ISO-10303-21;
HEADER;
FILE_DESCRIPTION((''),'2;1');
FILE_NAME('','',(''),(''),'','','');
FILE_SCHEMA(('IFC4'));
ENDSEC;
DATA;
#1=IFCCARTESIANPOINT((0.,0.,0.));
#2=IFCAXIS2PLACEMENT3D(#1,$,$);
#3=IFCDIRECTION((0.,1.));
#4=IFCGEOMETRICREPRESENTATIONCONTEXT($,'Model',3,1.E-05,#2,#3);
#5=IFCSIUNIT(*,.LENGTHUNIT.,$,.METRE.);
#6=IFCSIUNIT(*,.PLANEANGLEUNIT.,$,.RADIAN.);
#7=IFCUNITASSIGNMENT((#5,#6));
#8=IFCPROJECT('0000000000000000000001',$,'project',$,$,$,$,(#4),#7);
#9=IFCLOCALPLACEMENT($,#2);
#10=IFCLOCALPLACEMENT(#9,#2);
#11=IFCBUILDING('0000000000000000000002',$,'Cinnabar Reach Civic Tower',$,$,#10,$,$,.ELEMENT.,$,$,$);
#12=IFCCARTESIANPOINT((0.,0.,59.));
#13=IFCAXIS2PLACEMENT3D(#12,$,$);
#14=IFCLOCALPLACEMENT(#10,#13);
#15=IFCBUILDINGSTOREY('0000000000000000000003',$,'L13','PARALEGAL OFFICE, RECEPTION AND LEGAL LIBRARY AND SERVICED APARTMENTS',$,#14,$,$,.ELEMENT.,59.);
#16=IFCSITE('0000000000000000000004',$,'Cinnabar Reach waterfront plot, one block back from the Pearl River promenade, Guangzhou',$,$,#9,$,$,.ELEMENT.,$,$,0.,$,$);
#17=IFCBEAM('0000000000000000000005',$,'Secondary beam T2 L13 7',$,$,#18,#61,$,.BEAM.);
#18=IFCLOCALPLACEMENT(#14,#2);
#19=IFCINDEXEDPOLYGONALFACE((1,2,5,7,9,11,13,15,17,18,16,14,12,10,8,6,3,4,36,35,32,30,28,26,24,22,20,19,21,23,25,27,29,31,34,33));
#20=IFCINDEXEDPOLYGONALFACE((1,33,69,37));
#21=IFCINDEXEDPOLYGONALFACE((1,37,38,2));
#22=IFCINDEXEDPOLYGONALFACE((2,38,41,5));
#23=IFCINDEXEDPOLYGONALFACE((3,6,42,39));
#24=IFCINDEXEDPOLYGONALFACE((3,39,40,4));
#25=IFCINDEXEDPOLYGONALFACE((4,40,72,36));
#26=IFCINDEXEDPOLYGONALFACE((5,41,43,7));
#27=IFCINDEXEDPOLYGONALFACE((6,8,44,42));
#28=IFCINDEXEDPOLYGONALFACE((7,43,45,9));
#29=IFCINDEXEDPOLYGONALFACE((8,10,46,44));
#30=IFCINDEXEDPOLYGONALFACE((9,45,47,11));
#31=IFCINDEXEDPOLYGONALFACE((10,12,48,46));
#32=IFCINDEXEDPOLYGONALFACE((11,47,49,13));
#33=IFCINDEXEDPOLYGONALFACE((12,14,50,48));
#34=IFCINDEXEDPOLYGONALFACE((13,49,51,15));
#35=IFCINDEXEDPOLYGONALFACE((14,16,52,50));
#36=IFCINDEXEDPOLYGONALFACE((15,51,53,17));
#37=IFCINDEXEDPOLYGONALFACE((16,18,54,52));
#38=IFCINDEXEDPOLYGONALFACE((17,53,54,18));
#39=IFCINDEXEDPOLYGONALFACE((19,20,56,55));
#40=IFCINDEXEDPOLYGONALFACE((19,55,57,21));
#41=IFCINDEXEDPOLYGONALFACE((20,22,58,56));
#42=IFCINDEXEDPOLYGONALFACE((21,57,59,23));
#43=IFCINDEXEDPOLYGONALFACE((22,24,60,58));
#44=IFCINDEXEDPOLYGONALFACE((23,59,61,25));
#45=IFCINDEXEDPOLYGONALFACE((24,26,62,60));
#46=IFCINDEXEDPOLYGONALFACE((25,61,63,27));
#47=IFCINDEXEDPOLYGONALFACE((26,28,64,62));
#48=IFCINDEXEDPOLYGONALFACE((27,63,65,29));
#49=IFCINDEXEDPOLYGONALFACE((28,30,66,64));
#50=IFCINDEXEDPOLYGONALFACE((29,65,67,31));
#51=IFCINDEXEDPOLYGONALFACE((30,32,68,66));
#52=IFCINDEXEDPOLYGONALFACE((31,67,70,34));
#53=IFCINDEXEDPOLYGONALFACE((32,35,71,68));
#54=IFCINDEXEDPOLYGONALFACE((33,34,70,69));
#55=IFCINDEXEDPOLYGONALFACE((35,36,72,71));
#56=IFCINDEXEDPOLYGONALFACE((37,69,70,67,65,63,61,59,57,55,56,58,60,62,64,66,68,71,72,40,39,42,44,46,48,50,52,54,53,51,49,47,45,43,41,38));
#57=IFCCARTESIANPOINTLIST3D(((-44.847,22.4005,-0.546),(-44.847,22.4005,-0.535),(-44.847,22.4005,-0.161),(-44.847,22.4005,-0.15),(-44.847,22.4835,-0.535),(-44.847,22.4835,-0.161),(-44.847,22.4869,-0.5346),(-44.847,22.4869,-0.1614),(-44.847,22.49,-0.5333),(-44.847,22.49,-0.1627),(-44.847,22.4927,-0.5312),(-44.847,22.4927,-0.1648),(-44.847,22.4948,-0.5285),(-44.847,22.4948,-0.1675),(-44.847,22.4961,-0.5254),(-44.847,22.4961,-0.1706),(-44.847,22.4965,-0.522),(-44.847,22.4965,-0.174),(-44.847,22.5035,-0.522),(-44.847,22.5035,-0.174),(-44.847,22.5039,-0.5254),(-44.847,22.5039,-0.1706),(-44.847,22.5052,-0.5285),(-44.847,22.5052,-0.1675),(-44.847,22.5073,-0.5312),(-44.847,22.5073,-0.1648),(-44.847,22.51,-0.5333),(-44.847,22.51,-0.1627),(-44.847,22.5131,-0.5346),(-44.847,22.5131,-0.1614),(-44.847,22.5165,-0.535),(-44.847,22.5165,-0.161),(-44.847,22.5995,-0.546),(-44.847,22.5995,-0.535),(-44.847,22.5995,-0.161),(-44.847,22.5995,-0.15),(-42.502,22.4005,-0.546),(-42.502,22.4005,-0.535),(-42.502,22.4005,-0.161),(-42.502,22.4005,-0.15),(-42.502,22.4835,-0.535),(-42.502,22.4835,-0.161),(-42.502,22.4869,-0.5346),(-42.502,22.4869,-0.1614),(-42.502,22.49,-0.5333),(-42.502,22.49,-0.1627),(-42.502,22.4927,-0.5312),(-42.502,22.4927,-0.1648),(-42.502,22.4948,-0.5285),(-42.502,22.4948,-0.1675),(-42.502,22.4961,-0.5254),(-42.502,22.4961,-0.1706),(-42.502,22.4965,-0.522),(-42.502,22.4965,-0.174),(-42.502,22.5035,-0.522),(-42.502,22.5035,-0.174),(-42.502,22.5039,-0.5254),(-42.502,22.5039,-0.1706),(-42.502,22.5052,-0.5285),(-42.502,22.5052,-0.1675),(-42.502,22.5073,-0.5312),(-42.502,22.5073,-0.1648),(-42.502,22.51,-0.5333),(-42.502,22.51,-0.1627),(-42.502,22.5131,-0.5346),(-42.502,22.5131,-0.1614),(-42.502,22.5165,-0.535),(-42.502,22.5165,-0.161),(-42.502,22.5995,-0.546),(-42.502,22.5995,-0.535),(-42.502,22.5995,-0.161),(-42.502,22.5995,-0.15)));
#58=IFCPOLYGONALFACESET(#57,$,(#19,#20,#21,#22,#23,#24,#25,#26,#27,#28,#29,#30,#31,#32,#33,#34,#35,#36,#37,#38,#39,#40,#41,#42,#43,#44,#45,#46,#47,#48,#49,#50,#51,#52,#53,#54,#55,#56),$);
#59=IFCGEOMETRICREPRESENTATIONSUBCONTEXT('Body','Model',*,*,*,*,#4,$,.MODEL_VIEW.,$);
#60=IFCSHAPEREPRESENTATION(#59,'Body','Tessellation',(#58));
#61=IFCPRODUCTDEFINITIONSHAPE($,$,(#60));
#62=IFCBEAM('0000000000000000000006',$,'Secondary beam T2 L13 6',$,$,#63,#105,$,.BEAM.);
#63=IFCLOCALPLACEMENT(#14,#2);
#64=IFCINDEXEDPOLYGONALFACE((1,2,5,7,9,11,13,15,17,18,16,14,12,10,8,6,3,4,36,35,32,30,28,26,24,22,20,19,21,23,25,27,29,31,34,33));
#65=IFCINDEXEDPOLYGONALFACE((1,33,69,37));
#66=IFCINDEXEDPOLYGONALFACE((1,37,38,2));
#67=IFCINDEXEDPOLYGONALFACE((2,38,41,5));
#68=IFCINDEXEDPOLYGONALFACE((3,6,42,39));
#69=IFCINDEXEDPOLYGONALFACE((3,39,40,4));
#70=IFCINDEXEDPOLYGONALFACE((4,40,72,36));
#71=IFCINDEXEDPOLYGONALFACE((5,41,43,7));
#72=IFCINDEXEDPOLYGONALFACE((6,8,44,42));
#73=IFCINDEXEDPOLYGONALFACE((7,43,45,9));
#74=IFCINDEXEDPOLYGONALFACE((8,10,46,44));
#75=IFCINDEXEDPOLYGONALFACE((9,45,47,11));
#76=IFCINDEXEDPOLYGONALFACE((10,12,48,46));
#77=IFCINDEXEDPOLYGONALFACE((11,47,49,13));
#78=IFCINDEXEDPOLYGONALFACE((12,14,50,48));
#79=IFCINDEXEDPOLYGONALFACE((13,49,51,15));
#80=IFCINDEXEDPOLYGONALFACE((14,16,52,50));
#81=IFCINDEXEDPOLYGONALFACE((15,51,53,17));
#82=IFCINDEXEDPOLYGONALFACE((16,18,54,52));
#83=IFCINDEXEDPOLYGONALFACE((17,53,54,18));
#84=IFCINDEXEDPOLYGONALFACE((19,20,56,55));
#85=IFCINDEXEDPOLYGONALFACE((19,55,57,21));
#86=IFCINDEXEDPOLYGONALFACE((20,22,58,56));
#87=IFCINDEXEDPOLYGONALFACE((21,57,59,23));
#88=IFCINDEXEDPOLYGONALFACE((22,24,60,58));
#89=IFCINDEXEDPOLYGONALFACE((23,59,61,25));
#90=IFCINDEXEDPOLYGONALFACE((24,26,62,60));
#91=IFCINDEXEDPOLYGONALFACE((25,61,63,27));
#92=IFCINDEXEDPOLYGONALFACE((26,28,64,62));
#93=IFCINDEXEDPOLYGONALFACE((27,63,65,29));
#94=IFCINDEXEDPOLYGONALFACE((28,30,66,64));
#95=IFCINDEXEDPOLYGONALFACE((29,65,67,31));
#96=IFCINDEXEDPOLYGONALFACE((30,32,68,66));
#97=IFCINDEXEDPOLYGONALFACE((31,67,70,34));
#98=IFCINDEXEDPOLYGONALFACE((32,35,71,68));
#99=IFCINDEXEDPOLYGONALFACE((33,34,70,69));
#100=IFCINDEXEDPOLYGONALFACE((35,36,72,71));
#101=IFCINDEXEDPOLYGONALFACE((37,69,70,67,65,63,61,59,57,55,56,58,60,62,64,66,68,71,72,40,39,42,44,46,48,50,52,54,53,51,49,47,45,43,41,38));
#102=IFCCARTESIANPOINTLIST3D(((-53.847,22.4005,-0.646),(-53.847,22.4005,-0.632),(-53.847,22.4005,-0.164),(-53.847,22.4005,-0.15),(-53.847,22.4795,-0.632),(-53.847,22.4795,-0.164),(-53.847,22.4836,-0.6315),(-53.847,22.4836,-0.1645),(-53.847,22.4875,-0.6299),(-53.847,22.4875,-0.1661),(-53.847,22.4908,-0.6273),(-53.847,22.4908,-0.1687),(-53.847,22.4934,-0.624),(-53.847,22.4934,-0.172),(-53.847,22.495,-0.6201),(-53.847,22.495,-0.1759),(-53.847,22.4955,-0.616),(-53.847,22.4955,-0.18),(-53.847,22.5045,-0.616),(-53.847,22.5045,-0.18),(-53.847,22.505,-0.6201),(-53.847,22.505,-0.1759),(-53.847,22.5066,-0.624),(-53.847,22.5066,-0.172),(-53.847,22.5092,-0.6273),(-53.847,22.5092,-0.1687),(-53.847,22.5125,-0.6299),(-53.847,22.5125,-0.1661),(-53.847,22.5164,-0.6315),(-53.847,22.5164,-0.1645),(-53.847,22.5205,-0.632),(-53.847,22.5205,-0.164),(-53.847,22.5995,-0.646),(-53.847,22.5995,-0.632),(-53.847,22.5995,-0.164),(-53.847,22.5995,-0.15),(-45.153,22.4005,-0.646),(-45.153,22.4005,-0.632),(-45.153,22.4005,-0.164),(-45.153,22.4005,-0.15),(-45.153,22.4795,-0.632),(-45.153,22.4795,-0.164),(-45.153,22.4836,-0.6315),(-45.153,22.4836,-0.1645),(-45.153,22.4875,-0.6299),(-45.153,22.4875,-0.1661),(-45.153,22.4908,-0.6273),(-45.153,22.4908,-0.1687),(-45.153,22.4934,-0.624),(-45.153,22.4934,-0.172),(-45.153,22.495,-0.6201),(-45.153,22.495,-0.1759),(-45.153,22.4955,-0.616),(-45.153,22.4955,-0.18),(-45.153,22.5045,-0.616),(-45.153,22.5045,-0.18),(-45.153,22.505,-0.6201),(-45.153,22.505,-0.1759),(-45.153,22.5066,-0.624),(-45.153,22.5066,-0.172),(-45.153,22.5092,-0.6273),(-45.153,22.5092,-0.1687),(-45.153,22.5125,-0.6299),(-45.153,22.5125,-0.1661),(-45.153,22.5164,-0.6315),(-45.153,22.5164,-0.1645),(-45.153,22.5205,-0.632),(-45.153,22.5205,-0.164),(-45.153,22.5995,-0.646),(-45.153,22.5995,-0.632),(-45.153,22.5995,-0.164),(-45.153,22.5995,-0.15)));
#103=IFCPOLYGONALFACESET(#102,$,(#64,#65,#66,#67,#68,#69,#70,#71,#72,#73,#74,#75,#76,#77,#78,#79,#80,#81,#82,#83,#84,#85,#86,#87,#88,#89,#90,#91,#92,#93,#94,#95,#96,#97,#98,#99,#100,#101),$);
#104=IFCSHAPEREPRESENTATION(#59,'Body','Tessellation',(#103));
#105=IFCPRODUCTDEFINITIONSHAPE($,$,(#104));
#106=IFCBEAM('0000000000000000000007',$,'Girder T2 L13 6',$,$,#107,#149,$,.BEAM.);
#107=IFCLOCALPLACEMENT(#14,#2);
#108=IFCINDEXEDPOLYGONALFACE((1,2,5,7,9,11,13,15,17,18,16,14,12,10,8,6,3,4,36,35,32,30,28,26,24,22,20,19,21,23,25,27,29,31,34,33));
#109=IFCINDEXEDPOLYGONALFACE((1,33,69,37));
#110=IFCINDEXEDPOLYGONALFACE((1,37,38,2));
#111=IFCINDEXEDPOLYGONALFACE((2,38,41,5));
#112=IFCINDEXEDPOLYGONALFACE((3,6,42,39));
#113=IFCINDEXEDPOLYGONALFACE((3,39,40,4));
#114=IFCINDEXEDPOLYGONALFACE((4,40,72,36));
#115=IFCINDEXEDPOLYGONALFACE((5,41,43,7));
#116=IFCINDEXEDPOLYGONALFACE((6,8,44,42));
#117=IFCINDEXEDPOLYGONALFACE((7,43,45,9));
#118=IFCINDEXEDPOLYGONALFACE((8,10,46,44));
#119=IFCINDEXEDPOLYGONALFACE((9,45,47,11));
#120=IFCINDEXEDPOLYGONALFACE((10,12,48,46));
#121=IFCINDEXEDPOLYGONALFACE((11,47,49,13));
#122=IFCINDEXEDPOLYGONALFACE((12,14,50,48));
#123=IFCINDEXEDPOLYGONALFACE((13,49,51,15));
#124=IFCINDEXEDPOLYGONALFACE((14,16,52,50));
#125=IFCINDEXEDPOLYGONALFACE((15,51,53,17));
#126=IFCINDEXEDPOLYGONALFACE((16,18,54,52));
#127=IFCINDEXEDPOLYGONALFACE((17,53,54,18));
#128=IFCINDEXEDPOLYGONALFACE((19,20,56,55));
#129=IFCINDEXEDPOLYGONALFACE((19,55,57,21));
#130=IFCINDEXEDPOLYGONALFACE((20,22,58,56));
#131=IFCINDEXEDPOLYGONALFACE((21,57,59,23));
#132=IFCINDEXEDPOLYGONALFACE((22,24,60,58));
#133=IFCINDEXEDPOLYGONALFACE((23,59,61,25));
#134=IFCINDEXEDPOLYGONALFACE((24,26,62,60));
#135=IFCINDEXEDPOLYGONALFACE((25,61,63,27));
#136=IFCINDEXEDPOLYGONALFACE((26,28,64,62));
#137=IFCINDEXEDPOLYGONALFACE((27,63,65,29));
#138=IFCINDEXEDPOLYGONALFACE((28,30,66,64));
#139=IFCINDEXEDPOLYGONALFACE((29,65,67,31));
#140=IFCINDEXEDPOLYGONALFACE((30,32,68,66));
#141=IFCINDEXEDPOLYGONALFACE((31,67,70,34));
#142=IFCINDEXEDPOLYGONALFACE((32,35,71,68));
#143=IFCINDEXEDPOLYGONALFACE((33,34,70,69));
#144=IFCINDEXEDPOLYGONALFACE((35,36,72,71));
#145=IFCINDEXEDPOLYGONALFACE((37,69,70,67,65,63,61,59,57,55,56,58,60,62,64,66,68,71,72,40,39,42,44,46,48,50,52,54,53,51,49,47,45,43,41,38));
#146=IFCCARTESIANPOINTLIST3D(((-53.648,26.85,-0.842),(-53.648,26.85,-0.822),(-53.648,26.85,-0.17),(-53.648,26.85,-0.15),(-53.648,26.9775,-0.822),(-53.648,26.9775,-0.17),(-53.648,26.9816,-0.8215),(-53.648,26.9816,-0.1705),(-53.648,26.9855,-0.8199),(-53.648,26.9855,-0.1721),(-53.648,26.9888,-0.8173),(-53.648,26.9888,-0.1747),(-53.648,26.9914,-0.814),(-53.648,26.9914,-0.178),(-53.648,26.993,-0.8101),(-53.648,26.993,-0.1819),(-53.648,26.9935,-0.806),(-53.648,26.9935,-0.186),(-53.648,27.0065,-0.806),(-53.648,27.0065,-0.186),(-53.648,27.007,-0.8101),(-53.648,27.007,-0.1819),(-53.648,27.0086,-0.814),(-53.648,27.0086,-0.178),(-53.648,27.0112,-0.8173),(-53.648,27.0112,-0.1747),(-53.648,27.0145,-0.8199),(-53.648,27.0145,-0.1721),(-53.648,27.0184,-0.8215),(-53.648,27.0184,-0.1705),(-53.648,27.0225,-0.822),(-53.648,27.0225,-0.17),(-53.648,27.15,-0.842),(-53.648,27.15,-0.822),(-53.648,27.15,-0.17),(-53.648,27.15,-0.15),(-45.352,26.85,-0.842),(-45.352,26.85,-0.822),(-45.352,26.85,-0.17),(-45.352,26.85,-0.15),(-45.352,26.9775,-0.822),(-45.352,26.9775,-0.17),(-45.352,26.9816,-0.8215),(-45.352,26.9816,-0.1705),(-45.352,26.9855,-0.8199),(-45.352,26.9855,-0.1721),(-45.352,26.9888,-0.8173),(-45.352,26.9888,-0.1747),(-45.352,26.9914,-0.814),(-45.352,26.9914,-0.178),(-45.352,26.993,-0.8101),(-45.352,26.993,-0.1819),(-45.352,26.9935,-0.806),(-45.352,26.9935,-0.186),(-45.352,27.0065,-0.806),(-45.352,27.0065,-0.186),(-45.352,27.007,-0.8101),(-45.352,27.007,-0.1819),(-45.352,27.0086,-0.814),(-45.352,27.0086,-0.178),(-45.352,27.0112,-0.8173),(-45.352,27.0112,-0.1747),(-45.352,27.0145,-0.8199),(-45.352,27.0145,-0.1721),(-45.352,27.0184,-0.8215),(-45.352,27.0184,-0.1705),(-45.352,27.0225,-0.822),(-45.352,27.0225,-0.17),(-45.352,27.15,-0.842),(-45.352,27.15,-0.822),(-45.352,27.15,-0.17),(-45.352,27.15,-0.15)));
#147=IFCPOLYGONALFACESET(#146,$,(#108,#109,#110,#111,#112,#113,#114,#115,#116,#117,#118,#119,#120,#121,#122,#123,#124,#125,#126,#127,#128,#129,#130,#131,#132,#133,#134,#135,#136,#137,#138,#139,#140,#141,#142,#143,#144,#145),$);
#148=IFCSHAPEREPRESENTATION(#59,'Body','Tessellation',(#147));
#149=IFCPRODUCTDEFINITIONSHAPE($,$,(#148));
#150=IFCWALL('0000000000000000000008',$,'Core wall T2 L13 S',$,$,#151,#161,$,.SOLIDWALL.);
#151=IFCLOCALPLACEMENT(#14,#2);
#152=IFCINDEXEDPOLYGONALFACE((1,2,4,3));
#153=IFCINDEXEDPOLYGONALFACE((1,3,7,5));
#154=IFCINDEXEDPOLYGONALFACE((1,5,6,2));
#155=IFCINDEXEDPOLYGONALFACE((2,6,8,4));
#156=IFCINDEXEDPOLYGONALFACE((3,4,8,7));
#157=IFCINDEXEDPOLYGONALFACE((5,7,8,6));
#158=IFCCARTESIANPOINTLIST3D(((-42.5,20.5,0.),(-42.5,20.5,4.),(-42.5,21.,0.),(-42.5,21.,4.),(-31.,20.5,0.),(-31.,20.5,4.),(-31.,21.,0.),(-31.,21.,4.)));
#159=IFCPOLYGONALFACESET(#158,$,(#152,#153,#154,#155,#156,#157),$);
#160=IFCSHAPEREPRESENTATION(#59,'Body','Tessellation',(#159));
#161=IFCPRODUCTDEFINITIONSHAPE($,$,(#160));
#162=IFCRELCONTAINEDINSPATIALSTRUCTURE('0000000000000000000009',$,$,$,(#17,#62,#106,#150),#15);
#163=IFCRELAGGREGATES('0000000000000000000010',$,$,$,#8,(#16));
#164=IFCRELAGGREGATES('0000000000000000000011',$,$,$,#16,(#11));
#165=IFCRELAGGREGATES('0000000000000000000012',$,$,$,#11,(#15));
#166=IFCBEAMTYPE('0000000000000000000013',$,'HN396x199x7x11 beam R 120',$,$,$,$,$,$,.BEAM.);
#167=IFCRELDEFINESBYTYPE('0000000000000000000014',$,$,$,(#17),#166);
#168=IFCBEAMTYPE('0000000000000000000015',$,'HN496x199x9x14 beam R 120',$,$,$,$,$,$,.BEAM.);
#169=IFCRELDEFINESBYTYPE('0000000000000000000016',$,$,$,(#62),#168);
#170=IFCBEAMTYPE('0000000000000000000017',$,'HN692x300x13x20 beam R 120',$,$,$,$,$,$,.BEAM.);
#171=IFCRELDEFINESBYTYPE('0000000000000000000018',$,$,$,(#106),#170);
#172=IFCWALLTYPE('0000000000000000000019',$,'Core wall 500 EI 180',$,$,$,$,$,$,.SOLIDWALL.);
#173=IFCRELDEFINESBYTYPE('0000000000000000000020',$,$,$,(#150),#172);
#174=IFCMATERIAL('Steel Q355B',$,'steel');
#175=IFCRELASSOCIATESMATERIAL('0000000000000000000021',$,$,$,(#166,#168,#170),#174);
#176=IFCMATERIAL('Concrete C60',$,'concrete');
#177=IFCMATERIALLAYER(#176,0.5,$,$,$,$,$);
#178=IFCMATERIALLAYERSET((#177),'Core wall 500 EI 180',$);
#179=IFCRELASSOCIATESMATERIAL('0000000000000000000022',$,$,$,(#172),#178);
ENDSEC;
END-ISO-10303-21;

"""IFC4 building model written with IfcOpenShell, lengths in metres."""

from ifc_helpers import new_model, si_unit, direction, frame, frame_2d, origin, origin_2d, place, context, subcontext, project, spatial, rectangle, i_section, extrude, material, layer, layer_set, material_profile, profile_set, type_object, element, save


model = new_model("IFC4")

# Units and contexts
model_context = context("Model", 3, precision=1e-05, world=origin(), true_north=direction((0.0, 1.0)))
body_context = subcontext(model_context, "Body", "Model", "MODEL_VIEW")
ifc_project = project(units=[si_unit("LENGTHUNIT", "METRE"), si_unit("PLANEANGLEUNIT", "RADIAN")], contexts=[model_context])

# Site, building, storey
site_placement = place(None, origin())
site = spatial("IfcSite", under=ifc_project, at=site_placement, Name="Cinnabar Reach waterfront plot, one block back from the Pearl River promenade, Guangzhou", CompositionType="ELEMENT", RefElevation=0.0)
building_placement = place(site_placement, origin())
building = spatial("IfcBuilding", under=site, at=building_placement, Name="Cinnabar Reach Civic Tower", CompositionType="ELEMENT")
storey_placement = place(building_placement, frame((0.0, 0.0, 59.0)))
storey = spatial("IfcBuildingStorey", under=building, at=storey_placement, Name="L13", Description="PARALEGAL OFFICE, RECEPTION AND LEGAL LIBRARY AND SERVICED APARTMENTS", CompositionType="ELEMENT", Elevation=59.0)

# Shared definitions
ifc_material_1 = material(Name="Concrete C60", Category="concrete")

# Beams
ifc_material_2 = material(Name="Steel Q355B", Category="steel")
ifc_material_profile_1 = material_profile(ifc_material_2, i_section(OverallWidth=0.199, OverallDepth=0.396, WebThickness=0.007, FlangeThickness=0.011, FilletRadius=0.013, at=origin_2d()), Name="HN396x199x7x11")
ifc_profile_set_1 = profile_set([ifc_material_profile_1], Name="Steel Q355B")
beam_type_1 = type_object("IfcBeamType", Name="HN396x199x7x11 beam R 120", PredefinedType="BEAM", material=ifc_profile_set_1)
beam_1_placement = place(storey_placement, frame((-44.847, 22.5, -0.348), z_axis=(1.0, 0.0, 0.0), x_axis=(0.0, 1.0, 0.0)))
element("IfcBeam", 1, at=beam_1_placement, inside=storey, type_object=beam_type_1, Name="Secondary beam T2 L13 7", PredefinedType="BEAM", context=body_context, shape_type="SweptSolid", body=[
    extrude(i_section(OverallWidth=0.199, OverallDepth=0.396, WebThickness=0.007, FlangeThickness=0.011, FilletRadius=0.013, at=origin_2d()), origin(), (0.0, 0.0, 1.0), 2.345),
])
ifc_material_profile_2 = material_profile(ifc_material_2, i_section(OverallWidth=0.199, OverallDepth=0.496, WebThickness=0.009, FlangeThickness=0.014, FilletRadius=0.016, at=origin_2d()), Name="HN496x199x9x14")
ifc_profile_set_2 = profile_set([ifc_material_profile_2], Name="Steel Q355B")
beam_type_2 = type_object("IfcBeamType", Name="HN496x199x9x14 beam R 120", PredefinedType="BEAM", material=ifc_profile_set_2)
beam_2_placement = place(storey_placement, frame((-53.847, 22.5, -0.398), z_axis=(1.0, 0.0, 0.0), x_axis=(0.0, 1.0, 0.0)))
element("IfcBeam", 2, at=beam_2_placement, inside=storey, type_object=beam_type_2, Name="Secondary beam T2 L13 6", PredefinedType="BEAM", context=body_context, shape_type="SweptSolid", body=[
    extrude(i_section(OverallWidth=0.199, OverallDepth=0.496, WebThickness=0.009, FlangeThickness=0.014, FilletRadius=0.016, at=origin_2d()), origin(), (0.0, 0.0, 1.0), 8.694),
])
ifc_material_profile_3 = material_profile(ifc_material_2, i_section(OverallWidth=0.3, OverallDepth=0.692, WebThickness=0.013, FlangeThickness=0.02, FilletRadius=0.016, at=origin_2d()), Name="HN692x300x13x20")
ifc_profile_set_3 = profile_set([ifc_material_profile_3], Name="Steel Q355B")
beam_type_3 = type_object("IfcBeamType", Name="HN692x300x13x20 beam R 120", PredefinedType="BEAM", material=ifc_profile_set_3)
beam_3_placement = place(storey_placement, frame((-53.648, 27.0, -0.496), z_axis=(1.0, 0.0, 0.0), x_axis=(0.0, 1.0, 0.0)))
element("IfcBeam", 3, at=beam_3_placement, inside=storey, type_object=beam_type_3, Name="Girder T2 L13 6", PredefinedType="BEAM", context=body_context, shape_type="SweptSolid", body=[
    extrude(i_section(OverallWidth=0.3, OverallDepth=0.692, WebThickness=0.013, FlangeThickness=0.02, FilletRadius=0.016, at=origin_2d()), origin(), (0.0, 0.0, 1.0), 8.296),
])

# Wall
ifc_layer_1 = layer(ifc_material_1, 0.5)
ifc_layer_set_1 = layer_set([ifc_layer_1], Name="Core wall 500 EI 180")
wall_type_1 = type_object("IfcWallType", Name="Core wall 500 EI 180", PredefinedType="SOLIDWALL", material=ifc_layer_set_1)
wall_1_placement = place(storey_placement, frame((-42.5, 20.75, 0.0), z_axis=(0.0, 0.0, 1.0), x_axis=(1.0, 0.0, 0.0)))
element("IfcWall", 4, at=wall_1_placement, inside=storey, type_object=wall_type_1, Name="Core wall T2 L13 S", PredefinedType="SOLIDWALL", context=body_context, shape_type="SweptSolid", body=[
    extrude(rectangle(XDim=11.5, YDim=0.5, at=frame_2d((5.75, 0.0))), origin(), (0.0, 0.0, 1.0), 4.0),
])

save(model, "model.ifc")
